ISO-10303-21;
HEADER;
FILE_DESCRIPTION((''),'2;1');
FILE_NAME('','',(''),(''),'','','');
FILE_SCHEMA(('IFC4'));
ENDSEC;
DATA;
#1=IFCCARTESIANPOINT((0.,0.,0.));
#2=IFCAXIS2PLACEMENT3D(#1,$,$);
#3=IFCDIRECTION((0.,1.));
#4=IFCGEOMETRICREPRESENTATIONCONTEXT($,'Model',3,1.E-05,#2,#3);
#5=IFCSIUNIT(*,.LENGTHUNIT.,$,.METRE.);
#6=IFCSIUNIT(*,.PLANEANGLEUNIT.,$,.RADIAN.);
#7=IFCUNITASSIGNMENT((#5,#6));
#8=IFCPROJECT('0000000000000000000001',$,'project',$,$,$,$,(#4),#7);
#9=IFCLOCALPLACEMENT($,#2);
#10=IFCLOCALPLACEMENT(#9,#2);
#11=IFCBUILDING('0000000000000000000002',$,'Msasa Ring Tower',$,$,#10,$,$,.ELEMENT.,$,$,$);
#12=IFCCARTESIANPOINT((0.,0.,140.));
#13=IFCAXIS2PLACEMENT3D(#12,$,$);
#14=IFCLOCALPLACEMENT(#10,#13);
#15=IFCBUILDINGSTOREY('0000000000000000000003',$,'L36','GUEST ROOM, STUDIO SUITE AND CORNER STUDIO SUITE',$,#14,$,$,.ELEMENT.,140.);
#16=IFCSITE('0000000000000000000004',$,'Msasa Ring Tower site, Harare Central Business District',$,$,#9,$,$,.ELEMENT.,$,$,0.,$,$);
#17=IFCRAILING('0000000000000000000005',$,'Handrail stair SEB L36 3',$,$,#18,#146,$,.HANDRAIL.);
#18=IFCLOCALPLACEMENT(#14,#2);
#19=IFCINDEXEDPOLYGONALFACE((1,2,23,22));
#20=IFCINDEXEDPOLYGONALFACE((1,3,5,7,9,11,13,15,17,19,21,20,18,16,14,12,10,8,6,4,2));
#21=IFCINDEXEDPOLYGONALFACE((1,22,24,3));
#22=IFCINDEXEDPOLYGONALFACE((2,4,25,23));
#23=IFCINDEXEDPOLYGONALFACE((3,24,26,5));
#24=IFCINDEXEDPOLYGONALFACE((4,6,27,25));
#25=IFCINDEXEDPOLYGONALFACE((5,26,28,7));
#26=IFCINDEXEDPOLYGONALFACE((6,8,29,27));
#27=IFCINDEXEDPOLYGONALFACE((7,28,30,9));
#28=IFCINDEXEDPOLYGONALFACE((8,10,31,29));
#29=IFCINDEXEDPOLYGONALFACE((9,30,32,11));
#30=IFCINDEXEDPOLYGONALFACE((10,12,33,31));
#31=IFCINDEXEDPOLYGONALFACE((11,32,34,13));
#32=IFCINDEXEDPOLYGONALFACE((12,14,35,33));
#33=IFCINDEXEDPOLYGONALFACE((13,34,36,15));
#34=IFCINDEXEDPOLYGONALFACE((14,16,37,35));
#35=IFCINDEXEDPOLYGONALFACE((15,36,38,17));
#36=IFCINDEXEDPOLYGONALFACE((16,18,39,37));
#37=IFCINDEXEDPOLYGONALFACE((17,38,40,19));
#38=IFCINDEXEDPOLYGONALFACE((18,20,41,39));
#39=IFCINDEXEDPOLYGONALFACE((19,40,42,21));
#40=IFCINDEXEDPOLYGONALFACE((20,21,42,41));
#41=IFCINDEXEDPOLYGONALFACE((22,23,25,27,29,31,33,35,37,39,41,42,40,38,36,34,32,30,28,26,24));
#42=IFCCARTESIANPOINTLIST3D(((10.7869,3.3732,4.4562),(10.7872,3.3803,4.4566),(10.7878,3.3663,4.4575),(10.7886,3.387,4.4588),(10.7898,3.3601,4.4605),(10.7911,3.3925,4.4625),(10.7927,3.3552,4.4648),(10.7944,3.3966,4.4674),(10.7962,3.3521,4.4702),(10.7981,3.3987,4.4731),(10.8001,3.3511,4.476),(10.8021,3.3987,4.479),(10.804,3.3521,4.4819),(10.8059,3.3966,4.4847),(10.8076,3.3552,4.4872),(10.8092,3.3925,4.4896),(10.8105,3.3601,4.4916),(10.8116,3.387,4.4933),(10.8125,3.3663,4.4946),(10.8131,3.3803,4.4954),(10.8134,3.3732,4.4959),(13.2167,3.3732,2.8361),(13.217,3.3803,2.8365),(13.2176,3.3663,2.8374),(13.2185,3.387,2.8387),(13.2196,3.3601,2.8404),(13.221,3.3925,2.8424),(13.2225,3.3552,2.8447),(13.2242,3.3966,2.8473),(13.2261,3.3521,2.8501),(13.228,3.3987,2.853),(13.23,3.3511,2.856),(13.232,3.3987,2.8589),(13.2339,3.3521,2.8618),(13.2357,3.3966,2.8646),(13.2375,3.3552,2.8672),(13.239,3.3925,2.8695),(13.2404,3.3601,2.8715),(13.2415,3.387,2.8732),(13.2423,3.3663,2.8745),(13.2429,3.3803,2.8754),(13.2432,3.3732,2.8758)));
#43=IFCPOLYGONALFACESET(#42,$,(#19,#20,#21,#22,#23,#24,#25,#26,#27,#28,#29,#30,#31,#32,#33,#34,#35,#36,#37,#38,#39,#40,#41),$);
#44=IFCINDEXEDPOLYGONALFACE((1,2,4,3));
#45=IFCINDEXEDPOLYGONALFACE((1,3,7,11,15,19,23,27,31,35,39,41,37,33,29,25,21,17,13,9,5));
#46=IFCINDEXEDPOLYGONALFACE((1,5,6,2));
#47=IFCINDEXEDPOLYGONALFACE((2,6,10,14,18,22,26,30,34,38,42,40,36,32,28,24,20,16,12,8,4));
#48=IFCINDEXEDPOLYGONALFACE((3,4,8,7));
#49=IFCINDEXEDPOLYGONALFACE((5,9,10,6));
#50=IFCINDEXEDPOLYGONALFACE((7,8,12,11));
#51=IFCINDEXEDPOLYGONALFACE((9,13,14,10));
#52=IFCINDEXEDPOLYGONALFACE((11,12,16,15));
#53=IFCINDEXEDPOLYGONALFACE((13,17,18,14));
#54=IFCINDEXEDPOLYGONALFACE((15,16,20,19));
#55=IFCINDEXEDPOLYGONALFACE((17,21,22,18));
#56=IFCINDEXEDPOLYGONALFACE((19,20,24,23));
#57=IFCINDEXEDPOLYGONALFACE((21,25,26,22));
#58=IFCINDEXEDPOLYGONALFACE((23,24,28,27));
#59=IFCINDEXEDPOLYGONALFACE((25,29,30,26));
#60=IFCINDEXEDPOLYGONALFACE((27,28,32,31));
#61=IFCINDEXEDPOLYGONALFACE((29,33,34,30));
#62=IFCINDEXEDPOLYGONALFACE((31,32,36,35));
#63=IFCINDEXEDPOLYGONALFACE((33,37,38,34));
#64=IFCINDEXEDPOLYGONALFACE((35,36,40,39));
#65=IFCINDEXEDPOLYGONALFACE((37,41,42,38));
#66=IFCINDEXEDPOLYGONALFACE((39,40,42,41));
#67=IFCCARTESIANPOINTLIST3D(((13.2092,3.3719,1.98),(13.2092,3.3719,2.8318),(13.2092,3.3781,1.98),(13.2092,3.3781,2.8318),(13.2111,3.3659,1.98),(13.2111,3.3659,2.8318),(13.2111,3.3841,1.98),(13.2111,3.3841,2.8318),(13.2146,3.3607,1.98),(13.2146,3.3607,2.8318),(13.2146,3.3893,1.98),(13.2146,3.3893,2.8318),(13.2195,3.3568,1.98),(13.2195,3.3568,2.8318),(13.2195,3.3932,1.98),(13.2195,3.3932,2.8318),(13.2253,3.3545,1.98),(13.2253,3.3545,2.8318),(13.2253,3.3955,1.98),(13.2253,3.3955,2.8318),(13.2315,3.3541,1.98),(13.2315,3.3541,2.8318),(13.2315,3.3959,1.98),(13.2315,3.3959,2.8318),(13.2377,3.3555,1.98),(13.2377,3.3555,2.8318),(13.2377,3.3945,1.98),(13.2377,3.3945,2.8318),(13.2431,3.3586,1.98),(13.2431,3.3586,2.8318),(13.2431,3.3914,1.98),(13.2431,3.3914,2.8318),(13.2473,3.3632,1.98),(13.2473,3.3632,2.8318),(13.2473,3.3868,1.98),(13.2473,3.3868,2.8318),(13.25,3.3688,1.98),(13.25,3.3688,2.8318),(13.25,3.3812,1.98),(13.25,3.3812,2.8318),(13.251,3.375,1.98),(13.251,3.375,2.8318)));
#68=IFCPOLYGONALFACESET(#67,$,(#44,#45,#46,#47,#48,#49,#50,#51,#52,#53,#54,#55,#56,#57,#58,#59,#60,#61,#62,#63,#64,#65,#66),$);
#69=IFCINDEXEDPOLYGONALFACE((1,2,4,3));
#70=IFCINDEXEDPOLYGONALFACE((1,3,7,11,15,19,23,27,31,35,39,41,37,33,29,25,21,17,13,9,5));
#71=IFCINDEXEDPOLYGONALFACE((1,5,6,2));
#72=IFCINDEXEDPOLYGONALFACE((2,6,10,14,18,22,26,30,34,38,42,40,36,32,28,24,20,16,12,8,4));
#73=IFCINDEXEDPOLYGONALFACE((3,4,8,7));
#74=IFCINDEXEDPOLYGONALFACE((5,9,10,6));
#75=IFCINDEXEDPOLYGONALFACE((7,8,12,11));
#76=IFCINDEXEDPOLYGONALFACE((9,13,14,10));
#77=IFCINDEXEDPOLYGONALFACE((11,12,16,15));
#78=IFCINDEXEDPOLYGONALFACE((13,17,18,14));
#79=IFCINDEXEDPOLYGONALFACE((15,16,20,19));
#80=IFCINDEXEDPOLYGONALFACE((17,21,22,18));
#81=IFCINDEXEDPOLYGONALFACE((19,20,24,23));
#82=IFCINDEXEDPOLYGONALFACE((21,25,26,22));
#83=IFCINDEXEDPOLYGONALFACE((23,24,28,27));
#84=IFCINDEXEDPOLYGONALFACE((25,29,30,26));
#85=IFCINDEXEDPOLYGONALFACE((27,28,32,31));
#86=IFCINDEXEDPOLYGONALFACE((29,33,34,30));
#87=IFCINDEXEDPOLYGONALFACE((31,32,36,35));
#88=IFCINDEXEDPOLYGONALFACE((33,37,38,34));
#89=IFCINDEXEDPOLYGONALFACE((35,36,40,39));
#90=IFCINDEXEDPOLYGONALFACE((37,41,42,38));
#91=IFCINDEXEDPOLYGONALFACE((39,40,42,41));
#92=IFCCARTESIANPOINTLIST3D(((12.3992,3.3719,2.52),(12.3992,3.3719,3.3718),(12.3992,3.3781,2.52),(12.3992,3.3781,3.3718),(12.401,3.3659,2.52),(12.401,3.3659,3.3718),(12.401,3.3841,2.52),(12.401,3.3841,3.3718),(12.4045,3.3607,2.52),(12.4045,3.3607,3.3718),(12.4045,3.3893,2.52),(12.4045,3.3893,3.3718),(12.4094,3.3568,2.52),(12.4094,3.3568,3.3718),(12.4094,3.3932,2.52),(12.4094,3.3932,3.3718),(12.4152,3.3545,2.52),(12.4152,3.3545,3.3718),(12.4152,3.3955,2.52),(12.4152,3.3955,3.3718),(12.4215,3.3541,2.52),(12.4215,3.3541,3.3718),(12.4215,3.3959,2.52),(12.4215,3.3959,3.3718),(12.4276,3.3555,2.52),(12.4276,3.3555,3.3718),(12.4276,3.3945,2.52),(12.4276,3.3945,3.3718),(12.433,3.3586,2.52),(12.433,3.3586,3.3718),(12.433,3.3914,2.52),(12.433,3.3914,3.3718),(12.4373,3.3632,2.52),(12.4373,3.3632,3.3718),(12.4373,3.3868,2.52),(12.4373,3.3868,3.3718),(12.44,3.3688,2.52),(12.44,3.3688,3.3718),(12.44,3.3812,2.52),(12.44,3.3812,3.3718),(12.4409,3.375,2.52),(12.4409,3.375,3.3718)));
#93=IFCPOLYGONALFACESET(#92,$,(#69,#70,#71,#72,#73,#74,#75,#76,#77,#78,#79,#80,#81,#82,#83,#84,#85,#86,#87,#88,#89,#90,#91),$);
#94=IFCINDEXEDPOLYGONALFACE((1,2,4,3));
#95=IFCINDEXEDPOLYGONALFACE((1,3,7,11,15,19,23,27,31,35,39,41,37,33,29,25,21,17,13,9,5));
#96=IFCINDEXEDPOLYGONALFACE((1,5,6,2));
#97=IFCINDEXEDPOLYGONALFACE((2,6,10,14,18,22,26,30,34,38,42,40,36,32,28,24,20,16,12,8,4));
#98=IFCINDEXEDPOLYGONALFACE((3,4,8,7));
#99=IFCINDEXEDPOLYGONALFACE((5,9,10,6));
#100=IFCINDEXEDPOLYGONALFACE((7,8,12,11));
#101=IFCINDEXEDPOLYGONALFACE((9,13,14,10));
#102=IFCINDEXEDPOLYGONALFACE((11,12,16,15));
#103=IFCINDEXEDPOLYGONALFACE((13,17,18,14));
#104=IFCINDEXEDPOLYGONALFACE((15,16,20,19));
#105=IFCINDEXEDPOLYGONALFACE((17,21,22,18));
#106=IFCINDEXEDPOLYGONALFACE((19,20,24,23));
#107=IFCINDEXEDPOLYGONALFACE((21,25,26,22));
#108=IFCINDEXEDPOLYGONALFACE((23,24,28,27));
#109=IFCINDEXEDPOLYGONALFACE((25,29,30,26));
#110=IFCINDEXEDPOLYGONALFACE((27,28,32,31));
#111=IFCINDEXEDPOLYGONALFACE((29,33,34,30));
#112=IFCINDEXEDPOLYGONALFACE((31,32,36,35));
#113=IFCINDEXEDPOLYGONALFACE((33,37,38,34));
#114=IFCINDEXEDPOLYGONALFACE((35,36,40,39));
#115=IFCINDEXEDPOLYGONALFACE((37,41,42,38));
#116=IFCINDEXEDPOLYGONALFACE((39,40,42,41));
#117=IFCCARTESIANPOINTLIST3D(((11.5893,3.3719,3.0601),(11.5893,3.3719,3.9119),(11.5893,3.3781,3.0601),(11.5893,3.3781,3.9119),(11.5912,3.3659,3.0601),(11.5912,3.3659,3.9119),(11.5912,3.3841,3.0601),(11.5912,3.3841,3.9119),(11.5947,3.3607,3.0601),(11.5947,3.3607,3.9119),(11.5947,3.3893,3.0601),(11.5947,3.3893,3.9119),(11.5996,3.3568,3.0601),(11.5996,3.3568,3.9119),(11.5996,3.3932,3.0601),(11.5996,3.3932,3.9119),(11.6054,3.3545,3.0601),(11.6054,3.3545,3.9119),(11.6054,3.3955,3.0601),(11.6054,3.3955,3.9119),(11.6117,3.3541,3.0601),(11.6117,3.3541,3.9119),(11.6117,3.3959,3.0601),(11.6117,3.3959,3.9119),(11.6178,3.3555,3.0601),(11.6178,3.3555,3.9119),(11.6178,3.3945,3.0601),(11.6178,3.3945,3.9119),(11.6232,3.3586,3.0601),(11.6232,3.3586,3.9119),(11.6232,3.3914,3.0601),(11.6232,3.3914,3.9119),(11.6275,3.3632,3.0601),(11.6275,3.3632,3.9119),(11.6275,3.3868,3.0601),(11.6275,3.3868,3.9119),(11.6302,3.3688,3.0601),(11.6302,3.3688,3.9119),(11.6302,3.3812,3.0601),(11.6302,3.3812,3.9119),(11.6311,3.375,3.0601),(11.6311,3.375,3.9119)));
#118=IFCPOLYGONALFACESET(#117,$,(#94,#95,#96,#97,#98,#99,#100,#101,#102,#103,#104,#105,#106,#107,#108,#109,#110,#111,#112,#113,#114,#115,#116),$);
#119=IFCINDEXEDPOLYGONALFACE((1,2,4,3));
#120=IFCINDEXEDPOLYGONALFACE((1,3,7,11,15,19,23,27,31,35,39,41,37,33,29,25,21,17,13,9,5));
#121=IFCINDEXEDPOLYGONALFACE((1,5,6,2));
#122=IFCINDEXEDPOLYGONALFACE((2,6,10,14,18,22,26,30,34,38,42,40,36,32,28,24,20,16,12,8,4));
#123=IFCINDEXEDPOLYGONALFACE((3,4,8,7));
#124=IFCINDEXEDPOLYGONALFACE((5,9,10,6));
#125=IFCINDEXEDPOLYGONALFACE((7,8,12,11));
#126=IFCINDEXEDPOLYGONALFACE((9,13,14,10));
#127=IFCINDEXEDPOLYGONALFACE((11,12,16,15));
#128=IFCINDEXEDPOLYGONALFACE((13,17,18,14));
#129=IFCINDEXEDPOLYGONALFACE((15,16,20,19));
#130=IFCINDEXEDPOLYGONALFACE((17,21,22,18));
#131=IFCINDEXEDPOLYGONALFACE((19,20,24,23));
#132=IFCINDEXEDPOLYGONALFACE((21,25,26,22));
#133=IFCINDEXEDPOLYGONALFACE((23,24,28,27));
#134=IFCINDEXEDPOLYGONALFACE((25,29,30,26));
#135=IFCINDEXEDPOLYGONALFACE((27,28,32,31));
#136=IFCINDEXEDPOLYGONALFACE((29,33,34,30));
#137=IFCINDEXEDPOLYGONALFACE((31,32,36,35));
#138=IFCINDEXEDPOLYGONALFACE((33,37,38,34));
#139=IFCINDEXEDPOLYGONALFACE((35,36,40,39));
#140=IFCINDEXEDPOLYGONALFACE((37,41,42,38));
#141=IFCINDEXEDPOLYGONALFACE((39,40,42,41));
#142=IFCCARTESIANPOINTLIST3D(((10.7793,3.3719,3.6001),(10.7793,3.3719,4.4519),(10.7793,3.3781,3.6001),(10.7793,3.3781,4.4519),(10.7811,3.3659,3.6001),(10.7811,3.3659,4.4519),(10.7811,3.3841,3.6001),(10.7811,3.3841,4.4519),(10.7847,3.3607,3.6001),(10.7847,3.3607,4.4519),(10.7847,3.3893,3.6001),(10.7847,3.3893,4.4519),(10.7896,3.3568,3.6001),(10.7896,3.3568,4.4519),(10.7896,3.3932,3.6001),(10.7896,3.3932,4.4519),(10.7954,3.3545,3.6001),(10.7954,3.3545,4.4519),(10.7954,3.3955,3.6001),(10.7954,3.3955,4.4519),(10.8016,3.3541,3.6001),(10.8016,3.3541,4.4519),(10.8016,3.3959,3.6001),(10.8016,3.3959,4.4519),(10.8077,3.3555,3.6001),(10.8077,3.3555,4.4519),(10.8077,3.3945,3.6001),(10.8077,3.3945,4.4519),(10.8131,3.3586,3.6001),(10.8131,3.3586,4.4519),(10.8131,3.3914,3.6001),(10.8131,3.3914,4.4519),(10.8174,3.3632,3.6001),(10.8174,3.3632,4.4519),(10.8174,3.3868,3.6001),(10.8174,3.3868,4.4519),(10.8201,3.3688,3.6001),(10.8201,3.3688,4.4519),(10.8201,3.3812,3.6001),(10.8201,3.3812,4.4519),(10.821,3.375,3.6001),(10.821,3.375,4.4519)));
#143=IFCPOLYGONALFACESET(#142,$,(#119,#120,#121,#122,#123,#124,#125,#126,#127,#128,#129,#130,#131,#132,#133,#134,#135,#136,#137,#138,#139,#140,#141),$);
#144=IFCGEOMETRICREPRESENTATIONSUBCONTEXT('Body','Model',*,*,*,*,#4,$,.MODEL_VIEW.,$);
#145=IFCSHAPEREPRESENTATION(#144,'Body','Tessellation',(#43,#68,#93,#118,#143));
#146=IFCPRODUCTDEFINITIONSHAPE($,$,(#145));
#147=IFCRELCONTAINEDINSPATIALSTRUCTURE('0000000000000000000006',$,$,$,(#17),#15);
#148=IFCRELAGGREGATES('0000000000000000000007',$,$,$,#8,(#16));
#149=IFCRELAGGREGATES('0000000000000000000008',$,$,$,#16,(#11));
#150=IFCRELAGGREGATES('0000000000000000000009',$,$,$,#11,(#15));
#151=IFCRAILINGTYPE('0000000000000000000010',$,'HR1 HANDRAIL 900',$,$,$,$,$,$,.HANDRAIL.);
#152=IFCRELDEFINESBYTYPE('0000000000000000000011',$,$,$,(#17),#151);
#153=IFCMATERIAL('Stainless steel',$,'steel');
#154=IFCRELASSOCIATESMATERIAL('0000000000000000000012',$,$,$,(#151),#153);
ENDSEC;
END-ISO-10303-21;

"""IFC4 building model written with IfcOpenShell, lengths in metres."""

from ifc_helpers import new_model, si_unit, direction, frame, origin, origin_2d, place, context, subcontext, project, spatial, circle, extrude, material, type_object, element, save


model = new_model("IFC4")

# Units and contexts
model_context = context("Model", 3, precision=1e-05, world=origin(), true_north=direction((0.0, 1.0)))
body_context = subcontext(model_context, "Body", "Model", "MODEL_VIEW")
ifc_project = project(units=[si_unit("LENGTHUNIT", "METRE"), si_unit("PLANEANGLEUNIT", "RADIAN")], contexts=[model_context])

# Site, building, storey
site_placement = place(None, origin())
site = spatial("IfcSite", under=ifc_project, at=site_placement, Name="Msasa Ring Tower site, Harare Central Business District", CompositionType="ELEMENT", RefElevation=0.0)
building_placement = place(site_placement, origin())
building = spatial("IfcBuilding", under=site, at=building_placement, Name="Msasa Ring Tower", CompositionType="ELEMENT")
storey_placement = place(building_placement, frame((0.0, 0.0, 140.0)))
storey = spatial("IfcBuildingStorey", under=building, at=storey_placement, Name="L36", Description="GUEST ROOM, STUDIO SUITE AND CORNER STUDIO SUITE", CompositionType="ELEMENT", Elevation=140.0)

# Railing
ifc_material_1 = material(Name="Stainless steel", Category="steel")
railing_type = type_object("IfcRailingType", Name="HR1 HANDRAIL 900", PredefinedType="HANDRAIL", material=ifc_material_1)
for number, where, name in (
    (1, (13.23, 3.375, 1.98), "Handrail stair SEB L36 3"),
):
    element("IfcRailing", number, at=place(storey_placement, frame(where)), inside=storey, type_object=railing_type, Name=name, PredefinedType="HANDRAIL", context=body_context, shape_type="SweptSolid", body=[
        extrude(circle(Radius=0.0239, at=origin_2d()), frame((0.0, 0.0, 0.876), z_axis=(-0.832025, 0.0, 0.554739), x_axis=(0.0, -1.0, 0.0)), (0.0, 0.0, 1.0), 2.9204),
        extrude(circle(Radius=0.021, at=origin_2d()), origin(), (0.0, 0.0, 1.0), 0.8518),
        extrude(circle(Radius=0.021, at=origin_2d()), frame((-0.8101, 0.0, 0.54)), (0.0, 0.0, 1.0), 0.8518),
        extrude(circle(Radius=0.021, at=origin_2d()), frame((-1.6199, 0.0, 1.0801)), (0.0, 0.0, 1.0), 0.8518),
        extrude(circle(Radius=0.021, at=origin_2d()), frame((-2.4299, 0.0, 1.6201)), (0.0, 0.0, 1.0), 0.8518),
    ])

save(model, "model.ifc")
